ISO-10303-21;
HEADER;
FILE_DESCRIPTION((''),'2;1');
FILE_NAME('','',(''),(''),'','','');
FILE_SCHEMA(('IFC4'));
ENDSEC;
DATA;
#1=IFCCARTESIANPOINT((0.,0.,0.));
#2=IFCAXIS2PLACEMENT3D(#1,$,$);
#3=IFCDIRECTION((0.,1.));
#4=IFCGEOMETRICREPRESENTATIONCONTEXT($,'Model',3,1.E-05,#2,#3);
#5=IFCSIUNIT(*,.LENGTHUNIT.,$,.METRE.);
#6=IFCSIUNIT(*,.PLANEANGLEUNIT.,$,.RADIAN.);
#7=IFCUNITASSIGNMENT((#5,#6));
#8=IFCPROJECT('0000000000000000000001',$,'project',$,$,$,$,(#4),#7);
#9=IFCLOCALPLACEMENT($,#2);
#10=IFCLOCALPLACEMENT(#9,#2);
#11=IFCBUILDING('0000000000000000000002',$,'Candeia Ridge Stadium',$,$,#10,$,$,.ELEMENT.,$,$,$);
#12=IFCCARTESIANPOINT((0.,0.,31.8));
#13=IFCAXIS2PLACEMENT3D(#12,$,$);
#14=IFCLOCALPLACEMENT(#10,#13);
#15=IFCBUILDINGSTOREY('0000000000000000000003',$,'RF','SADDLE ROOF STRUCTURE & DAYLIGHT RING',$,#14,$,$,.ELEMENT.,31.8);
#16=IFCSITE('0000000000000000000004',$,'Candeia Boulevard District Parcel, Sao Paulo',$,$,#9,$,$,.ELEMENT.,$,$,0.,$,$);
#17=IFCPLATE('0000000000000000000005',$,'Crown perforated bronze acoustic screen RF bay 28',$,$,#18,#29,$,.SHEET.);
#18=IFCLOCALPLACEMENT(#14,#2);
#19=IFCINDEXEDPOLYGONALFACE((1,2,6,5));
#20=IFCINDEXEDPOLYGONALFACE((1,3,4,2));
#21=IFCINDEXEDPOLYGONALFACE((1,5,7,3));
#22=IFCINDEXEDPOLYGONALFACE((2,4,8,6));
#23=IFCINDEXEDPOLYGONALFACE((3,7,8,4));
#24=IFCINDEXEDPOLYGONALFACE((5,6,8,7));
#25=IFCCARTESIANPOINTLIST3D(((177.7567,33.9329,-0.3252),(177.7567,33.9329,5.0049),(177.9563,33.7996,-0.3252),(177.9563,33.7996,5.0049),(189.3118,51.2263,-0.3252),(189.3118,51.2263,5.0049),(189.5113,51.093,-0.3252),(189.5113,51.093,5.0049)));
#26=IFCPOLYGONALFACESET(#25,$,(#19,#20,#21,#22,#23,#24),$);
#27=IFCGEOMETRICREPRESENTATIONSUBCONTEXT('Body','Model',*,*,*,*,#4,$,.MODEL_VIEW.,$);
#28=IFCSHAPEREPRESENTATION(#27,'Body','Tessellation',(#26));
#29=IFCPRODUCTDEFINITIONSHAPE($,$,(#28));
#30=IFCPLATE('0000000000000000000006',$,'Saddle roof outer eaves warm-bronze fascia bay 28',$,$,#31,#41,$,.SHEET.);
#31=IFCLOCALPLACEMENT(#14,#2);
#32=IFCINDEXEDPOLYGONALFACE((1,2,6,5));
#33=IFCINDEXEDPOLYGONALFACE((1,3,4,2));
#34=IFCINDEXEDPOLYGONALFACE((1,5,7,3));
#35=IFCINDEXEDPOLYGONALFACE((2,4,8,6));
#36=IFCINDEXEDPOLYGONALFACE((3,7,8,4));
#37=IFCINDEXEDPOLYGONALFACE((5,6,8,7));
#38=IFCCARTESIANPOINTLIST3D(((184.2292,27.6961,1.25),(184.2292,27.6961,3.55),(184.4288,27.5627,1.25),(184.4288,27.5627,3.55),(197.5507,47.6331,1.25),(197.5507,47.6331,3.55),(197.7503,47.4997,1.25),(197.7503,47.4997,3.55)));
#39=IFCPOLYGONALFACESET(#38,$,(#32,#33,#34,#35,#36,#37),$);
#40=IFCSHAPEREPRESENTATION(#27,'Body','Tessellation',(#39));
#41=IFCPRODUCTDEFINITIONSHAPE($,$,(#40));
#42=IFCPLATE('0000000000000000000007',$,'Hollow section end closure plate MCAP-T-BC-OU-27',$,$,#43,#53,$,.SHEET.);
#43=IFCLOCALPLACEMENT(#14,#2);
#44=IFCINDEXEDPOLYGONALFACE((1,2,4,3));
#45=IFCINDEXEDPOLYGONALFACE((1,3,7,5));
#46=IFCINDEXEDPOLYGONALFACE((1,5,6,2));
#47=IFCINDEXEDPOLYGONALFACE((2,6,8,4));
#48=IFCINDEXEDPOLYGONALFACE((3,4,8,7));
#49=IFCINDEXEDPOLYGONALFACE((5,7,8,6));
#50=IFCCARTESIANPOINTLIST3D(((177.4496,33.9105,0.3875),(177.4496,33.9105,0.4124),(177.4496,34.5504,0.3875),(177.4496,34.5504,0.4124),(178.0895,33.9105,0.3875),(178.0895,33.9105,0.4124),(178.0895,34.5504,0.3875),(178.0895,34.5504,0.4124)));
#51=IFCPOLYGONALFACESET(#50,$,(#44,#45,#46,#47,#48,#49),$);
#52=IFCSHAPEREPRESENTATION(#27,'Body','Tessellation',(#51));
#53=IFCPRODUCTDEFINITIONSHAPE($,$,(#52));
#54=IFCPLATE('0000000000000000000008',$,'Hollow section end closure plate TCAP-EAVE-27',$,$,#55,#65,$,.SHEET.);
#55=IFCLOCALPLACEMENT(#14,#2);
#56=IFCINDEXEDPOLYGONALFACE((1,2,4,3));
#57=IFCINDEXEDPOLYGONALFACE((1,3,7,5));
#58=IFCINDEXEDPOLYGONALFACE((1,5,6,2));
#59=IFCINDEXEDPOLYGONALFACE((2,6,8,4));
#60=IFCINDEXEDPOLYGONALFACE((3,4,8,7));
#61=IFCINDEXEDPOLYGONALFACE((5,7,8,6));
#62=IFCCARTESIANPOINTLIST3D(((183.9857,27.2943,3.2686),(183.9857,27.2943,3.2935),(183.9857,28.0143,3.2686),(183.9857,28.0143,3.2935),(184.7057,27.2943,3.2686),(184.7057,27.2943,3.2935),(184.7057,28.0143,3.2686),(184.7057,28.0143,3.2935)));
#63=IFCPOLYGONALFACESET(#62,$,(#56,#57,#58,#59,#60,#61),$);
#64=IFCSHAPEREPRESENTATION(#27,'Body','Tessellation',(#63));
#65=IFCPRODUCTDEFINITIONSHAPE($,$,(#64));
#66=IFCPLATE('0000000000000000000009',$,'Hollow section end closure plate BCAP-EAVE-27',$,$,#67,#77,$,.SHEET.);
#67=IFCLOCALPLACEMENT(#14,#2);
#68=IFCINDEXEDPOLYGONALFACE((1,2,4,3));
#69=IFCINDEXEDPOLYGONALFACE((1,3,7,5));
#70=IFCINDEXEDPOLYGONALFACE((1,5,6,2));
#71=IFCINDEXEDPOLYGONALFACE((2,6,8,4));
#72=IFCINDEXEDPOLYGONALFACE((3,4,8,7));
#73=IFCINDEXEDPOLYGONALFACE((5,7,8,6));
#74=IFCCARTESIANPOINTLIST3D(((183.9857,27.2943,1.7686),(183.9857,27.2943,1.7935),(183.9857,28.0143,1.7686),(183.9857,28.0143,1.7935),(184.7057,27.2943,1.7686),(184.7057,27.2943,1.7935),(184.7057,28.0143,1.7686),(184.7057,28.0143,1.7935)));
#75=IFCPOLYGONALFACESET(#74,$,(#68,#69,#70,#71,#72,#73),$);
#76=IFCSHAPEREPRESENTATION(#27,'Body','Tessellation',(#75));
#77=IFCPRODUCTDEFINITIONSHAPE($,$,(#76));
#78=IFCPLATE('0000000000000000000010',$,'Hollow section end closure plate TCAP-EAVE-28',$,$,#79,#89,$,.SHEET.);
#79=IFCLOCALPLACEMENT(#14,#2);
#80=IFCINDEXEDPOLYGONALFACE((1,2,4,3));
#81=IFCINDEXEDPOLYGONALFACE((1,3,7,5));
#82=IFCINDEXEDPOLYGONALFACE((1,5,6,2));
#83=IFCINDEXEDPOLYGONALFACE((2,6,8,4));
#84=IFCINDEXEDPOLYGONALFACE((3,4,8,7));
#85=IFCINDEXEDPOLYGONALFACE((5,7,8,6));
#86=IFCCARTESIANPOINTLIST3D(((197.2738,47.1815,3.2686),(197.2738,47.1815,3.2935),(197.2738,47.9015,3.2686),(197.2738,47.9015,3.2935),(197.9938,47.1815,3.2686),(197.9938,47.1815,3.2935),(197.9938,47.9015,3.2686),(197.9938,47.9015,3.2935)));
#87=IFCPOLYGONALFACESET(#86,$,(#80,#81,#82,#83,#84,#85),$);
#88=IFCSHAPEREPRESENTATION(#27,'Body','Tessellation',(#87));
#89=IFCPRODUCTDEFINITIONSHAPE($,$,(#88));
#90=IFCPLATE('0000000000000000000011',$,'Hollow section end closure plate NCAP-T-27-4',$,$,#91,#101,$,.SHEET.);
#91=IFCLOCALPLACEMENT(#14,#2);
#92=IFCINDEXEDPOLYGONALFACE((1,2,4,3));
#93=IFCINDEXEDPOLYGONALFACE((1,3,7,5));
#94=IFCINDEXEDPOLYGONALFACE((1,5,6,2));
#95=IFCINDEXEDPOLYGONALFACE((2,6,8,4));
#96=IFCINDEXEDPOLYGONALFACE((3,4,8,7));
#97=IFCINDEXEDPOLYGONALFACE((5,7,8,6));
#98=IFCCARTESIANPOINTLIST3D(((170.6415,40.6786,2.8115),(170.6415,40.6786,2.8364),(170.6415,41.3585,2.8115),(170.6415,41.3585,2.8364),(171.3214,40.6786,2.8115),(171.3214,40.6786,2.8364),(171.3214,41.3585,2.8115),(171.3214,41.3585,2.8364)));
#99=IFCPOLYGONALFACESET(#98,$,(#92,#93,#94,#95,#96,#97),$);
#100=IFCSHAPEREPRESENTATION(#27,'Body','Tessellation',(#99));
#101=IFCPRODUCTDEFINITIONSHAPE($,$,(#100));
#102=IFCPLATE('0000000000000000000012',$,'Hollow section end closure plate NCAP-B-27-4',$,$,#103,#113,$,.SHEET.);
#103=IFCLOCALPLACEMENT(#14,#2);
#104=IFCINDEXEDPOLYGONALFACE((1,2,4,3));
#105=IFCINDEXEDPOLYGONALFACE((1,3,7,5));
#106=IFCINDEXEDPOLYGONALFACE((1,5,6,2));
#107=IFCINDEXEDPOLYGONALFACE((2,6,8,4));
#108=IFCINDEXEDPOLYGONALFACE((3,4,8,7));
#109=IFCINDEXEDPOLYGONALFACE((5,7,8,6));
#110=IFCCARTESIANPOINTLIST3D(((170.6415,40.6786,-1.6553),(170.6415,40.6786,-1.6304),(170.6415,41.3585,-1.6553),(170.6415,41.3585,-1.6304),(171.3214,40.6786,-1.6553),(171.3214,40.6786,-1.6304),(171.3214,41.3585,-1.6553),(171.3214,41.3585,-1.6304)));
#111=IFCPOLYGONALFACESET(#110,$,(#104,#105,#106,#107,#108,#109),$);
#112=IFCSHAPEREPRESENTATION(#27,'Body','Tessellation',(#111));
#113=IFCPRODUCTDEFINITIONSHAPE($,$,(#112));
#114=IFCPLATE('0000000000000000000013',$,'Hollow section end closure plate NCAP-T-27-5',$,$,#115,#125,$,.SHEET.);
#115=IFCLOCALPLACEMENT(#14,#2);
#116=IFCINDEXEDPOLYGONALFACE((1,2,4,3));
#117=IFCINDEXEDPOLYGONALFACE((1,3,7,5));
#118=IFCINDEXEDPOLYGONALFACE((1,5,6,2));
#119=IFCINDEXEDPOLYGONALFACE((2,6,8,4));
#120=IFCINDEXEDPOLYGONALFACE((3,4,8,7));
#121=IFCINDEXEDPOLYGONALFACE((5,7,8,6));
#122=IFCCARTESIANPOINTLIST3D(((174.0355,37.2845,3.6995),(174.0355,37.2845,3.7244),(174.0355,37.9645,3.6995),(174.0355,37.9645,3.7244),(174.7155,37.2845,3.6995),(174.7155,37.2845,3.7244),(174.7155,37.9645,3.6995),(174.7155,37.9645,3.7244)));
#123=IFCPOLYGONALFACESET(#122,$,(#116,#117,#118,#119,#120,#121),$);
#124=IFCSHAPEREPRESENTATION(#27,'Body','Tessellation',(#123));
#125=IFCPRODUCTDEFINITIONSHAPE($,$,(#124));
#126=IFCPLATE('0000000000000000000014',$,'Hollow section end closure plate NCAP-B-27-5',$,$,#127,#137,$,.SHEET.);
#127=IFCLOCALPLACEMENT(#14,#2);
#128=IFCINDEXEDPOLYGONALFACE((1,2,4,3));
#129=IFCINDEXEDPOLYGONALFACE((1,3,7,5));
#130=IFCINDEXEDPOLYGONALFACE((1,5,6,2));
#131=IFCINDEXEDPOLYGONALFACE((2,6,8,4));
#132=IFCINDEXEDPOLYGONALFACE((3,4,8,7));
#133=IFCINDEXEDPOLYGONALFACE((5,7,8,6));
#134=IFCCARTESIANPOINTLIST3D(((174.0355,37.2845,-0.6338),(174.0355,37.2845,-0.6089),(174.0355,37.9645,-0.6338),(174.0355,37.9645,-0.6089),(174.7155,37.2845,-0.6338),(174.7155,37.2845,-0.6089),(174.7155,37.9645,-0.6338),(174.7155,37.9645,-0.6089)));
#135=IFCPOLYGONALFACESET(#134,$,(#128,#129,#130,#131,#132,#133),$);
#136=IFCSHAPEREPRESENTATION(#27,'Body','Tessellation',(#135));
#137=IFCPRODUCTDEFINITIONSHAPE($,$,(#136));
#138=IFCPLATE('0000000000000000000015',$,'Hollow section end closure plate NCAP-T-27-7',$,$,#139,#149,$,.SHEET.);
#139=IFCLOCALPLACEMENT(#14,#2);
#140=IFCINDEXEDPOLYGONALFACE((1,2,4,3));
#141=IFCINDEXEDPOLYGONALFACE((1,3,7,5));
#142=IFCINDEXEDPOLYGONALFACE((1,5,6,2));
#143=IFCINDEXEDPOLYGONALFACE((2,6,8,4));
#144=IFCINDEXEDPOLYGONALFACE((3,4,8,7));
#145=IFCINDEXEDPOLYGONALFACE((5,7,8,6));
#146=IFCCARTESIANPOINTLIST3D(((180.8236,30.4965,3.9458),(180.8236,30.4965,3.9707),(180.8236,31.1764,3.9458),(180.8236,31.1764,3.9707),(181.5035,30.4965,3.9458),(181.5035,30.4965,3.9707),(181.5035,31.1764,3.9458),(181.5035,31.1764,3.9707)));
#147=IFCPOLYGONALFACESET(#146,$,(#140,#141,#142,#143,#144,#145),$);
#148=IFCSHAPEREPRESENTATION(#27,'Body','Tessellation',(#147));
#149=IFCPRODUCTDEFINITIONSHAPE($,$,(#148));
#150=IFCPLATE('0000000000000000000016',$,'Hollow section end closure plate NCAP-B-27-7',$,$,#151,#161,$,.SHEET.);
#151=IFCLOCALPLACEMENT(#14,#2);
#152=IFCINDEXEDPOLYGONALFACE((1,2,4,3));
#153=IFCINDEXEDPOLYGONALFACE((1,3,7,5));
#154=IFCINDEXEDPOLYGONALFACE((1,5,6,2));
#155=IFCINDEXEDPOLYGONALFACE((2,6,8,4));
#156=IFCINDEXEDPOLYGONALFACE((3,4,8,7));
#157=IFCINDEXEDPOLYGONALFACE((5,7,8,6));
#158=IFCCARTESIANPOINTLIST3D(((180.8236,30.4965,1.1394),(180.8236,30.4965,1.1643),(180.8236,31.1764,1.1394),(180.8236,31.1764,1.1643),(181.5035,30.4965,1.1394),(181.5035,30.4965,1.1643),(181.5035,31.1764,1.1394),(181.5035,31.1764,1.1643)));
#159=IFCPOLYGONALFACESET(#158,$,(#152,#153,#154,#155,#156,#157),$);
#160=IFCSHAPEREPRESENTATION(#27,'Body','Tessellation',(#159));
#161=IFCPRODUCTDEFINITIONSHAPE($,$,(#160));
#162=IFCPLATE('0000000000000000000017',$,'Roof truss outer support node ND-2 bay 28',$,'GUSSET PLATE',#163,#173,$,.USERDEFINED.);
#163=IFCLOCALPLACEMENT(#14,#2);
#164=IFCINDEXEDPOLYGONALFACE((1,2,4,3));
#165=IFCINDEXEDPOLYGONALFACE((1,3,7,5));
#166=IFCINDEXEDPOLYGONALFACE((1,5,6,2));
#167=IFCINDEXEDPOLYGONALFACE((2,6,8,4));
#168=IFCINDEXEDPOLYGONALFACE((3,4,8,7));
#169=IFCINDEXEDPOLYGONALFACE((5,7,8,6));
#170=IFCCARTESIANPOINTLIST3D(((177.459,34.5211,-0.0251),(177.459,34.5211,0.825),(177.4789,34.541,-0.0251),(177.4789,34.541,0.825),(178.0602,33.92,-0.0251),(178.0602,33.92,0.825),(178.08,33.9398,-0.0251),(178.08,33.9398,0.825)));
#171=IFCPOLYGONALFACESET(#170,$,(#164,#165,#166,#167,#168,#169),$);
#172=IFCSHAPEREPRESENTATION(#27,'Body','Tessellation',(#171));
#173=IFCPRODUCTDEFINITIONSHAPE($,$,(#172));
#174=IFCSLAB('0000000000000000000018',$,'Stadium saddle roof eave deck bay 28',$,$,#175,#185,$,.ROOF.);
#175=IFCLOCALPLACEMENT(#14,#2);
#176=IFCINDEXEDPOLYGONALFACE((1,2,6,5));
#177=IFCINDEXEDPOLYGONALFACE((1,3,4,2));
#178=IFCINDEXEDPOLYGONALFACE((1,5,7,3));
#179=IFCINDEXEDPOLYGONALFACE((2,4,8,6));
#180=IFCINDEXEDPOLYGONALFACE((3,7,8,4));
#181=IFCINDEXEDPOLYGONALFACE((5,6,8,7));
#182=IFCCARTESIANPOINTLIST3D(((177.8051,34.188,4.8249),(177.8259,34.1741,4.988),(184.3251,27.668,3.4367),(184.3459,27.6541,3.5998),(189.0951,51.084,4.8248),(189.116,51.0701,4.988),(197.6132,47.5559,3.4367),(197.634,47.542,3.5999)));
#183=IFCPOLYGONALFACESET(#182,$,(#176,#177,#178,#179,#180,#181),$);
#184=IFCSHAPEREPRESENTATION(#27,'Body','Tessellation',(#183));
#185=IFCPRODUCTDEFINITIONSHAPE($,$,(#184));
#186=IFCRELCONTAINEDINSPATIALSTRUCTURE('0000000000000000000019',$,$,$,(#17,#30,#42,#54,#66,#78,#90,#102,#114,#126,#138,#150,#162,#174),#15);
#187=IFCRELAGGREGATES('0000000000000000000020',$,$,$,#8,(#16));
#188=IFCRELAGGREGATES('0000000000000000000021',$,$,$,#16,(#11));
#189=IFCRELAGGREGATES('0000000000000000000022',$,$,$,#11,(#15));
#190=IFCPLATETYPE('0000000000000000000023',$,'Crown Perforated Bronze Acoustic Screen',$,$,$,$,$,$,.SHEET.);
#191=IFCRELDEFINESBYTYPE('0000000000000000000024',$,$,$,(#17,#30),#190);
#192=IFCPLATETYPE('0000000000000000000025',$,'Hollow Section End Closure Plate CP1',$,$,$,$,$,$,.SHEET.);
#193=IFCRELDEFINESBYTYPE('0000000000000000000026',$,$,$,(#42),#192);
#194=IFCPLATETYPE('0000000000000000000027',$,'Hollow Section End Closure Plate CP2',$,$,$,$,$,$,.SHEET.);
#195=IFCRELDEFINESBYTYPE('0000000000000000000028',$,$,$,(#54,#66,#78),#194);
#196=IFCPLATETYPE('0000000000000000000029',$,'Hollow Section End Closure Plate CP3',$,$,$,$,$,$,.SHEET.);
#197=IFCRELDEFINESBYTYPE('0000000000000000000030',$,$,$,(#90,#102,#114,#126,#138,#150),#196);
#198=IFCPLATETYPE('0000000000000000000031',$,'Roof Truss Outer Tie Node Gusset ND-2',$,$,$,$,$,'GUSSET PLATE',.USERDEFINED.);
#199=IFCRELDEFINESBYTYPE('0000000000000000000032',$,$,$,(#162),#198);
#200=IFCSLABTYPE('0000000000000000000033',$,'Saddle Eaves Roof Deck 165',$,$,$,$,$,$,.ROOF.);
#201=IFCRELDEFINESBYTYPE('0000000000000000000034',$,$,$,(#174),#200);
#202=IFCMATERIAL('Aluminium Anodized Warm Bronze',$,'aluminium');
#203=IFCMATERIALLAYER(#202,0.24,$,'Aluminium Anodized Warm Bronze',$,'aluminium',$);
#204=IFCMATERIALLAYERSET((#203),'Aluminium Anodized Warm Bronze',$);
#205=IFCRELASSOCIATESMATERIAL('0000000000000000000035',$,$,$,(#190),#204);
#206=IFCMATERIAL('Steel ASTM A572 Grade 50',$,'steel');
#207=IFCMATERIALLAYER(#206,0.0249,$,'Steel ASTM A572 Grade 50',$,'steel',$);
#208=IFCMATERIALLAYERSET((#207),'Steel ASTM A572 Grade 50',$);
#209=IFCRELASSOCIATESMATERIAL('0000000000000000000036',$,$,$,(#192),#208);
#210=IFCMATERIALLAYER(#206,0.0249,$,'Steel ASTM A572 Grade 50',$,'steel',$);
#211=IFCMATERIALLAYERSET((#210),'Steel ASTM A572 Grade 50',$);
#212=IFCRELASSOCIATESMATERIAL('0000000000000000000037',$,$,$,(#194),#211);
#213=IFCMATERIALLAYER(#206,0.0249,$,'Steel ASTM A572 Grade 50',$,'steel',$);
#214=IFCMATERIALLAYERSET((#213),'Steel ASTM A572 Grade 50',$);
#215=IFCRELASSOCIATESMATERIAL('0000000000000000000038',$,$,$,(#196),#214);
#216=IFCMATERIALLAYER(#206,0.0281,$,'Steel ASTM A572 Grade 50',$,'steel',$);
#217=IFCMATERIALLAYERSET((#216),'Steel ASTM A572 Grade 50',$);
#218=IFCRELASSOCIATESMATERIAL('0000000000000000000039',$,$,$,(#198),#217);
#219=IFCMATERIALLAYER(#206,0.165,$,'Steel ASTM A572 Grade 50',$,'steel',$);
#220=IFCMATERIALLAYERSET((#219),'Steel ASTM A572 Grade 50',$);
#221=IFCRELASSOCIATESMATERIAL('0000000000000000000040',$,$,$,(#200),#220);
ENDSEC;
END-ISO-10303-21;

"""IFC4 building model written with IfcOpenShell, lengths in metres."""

from ifc_helpers import new_model, si_unit, direction, frame, origin, origin_2d, place, context, subcontext, project, spatial, polyline, rectangle, outline, extrude, material, layer, layer_set, type_object, element, save


model = new_model("IFC4")

# Units and contexts
model_context = context("Model", 3, precision=1e-05, world=origin(), true_north=direction((0.0, 1.0)))
body_context = subcontext(model_context, "Body", "Model", "MODEL_VIEW")
ifc_project = project(units=[si_unit("LENGTHUNIT", "METRE"), si_unit("PLANEANGLEUNIT", "RADIAN")], contexts=[model_context])

# Site, building, storey
site_placement = place(None, origin())
site = spatial("IfcSite", under=ifc_project, at=site_placement, Name="Candeia Boulevard District Parcel, Sao Paulo", CompositionType="ELEMENT", RefElevation=0.0)
building_placement = place(site_placement, origin())
building = spatial("IfcBuilding", under=site, at=building_placement, Name="Candeia Ridge Stadium", CompositionType="ELEMENT")
storey_placement = place(building_placement, frame((0.0, 0.0, 31.8)))
storey = spatial("IfcBuildingStorey", under=building, at=storey_placement, Name="RF", Description="SADDLE ROOF STRUCTURE & DAYLIGHT RING", CompositionType="ELEMENT", Elevation=31.8)

# Shared definitions
ifc_material_1 = material(Name="Steel ASTM A572 Grade 50", Category="steel")

# Plates
ifc_material_2 = material(Name="Aluminium Anodized Warm Bronze", Category="aluminium")
ifc_layer_1 = layer(ifc_material_2, 0.24, Name="Aluminium Anodized Warm Bronze", Category="aluminium")
ifc_layer_set_1 = layer_set([ifc_layer_1], Name="Aluminium Anodized Warm Bronze")
plate_type_1 = type_object("IfcPlateType", Name="Crown Perforated Bronze Acoustic Screen", PredefinedType="SHEET", material=ifc_layer_set_1)
plate_1_placement = place(storey_placement, frame((183.634, 42.5129, -0.3252), z_axis=(0.0, 0.0, 1.0), x_axis=(0.55557, 0.83147, 0.0)))
element("IfcPlate", 1, at=plate_1_placement, inside=storey, type_object=plate_type_1, Name="Crown perforated bronze acoustic screen RF bay 28", PredefinedType="SHEET", context=body_context, shape_type="SweptSolid", body=[
    extrude(rectangle(XDim=20.7986, YDim=0.24, at=origin_2d()), origin(), (0.0, 0.0, 1.0), 5.3301),
])
plate_2_placement = place(storey_placement, frame((190.9897, 37.5979, 1.25), z_axis=(0.0, 0.0, 1.0), x_axis=(0.55557, 0.83147, 0.0)))
element("IfcPlate", 2, at=plate_2_placement, inside=storey, type_object=plate_type_1, Name="Saddle roof outer eaves warm-bronze fascia bay 28", PredefinedType="SHEET", context=body_context, shape_type="SweptSolid", body=[
    extrude(rectangle(XDim=23.978, YDim=0.24, at=origin_2d()), origin(), (0.0, 0.0, 1.0), 2.3),
])
ifc_layer_2 = layer(ifc_material_1, 0.0249, Name="Steel ASTM A572 Grade 50", Category="steel")
ifc_layer_set_2 = layer_set([ifc_layer_2], Name="Steel ASTM A572 Grade 50")
plate_type_2 = type_object("IfcPlateType", Name="Hollow Section End Closure Plate CP1", PredefinedType="SHEET", material=ifc_layer_set_2)
plate_3_placement = place(storey_placement, frame((177.7695, 34.2305, 0.3875), z_axis=(0.0, 0.0, 1.0), x_axis=(1.0, 0.0, 0.0)))
element("IfcPlate", 3, at=plate_3_placement, inside=storey, type_object=plate_type_2, Name="Hollow section end closure plate MCAP-T-BC-OU-27", PredefinedType="SHEET", context=body_context, shape_type="SweptSolid", body=[
    extrude(rectangle(XDim=0.6399, YDim=0.6399, at=origin_2d()), origin(), (0.0, 0.0, 1.0), 0.0249),
])
ifc_layer_3 = layer(ifc_material_1, 0.0249, Name="Steel ASTM A572 Grade 50", Category="steel")
ifc_layer_set_3 = layer_set([ifc_layer_3], Name="Steel ASTM A572 Grade 50")
plate_type_3 = type_object("IfcPlateType", Name="Hollow Section End Closure Plate CP2", PredefinedType="SHEET", material=ifc_layer_set_3)
for number, where, z_axis, x_axis, name in (
    (4, (184.3457, 27.6543, 3.2686), (0.0, 0.0, 1.0), (1.0, 0.0, 0.0), "Hollow section end closure plate TCAP-EAVE-27"),
    (5, (184.3457, 27.6543, 1.7686), (0.0, 0.0, 1.0), (1.0, 0.0, 0.0), "Hollow section end closure plate BCAP-EAVE-27"),
    (6, (197.6338, 47.5415, 3.2686), (0.0, 0.0, 1.0), (1.0, 0.0, 0.0), "Hollow section end closure plate TCAP-EAVE-28"),
):
    element("IfcPlate", number, at=place(storey_placement, frame(where, z_axis=z_axis, x_axis=x_axis)), inside=storey, type_object=plate_type_3, Name=name, PredefinedType="SHEET", context=body_context, shape_type="SweptSolid", body=[
        extrude(rectangle(XDim=0.72, YDim=0.72, at=origin_2d()), origin(), (0.0, 0.0, 1.0), 0.0249),
    ])
ifc_layer_4 = layer(ifc_material_1, 0.0249, Name="Steel ASTM A572 Grade 50", Category="steel")
ifc_layer_set_4 = layer_set([ifc_layer_4], Name="Steel ASTM A572 Grade 50")
plate_type_4 = type_object("IfcPlateType", Name="Hollow Section End Closure Plate CP3", PredefinedType="SHEET", material=ifc_layer_set_4)
for number, where, z_axis, x_axis, name in (
    (7, (170.9814, 41.0186, 2.8115), (0.0, 0.0, 1.0), (1.0, 0.0, 0.0), "Hollow section end closure plate NCAP-T-27-4"),
    (8, (170.9814, 41.0186, -1.6553), (0.0, 0.0, 1.0), (1.0, 0.0, 0.0), "Hollow section end closure plate NCAP-B-27-4"),
    (9, (174.3755, 37.6245, 3.6995), (0.0, 0.0, 1.0), (1.0, 0.0, 0.0), "Hollow section end closure plate NCAP-T-27-5"),
    (10, (174.3755, 37.6245, -0.6338), (0.0, 0.0, 1.0), (1.0, 0.0, 0.0), "Hollow section end closure plate NCAP-B-27-5"),
    (11, (181.1636, 30.8364, 3.9458), (0.0, 0.0, 1.0), (1.0, 0.0, 0.0), "Hollow section end closure plate NCAP-T-27-7"),
    (12, (181.1636, 30.8364, 1.1394), (0.0, 0.0, 1.0), (1.0, 0.0, 0.0), "Hollow section end closure plate NCAP-B-27-7"),
):
    element("IfcPlate", number, at=place(storey_placement, frame(where, z_axis=z_axis, x_axis=x_axis)), inside=storey, type_object=plate_type_4, Name=name, PredefinedType="SHEET", context=body_context, shape_type="SweptSolid", body=[
        extrude(rectangle(XDim=0.6799, YDim=0.6799, at=origin_2d()), origin(), (0.0, 0.0, 1.0), 0.0249),
    ])
ifc_layer_5 = layer(ifc_material_1, 0.0281, Name="Steel ASTM A572 Grade 50", Category="steel")
ifc_layer_set_5 = layer_set([ifc_layer_5], Name="Steel ASTM A572 Grade 50")
plate_type_5 = type_object("IfcPlateType", Name="Roof Truss Outer Tie Node Gusset ND-2", ElementType="GUSSET PLATE", PredefinedType="USERDEFINED", material=ifc_layer_set_5)
plate_4_placement = place(storey_placement, frame((177.7695, 34.2305, -0.0251), z_axis=(0.0, 0.0, 1.0), x_axis=(0.707107, -0.707107, 0.0)))
element("IfcPlate", 13, at=plate_4_placement, inside=storey, type_object=plate_type_5, Name="Roof truss outer support node ND-2 bay 28", ObjectType="GUSSET PLATE", PredefinedType="USERDEFINED", context=body_context, shape_type="SweptSolid", body=[
    extrude(rectangle(XDim=0.8501, YDim=0.0281, at=origin_2d()), origin(), (0.0, 0.0, 1.0), 0.8501),
])

# Slab
ifc_layer_6 = layer(ifc_material_1, 0.165, Name="Steel ASTM A572 Grade 50", Category="steel")
ifc_layer_set_6 = layer_set([ifc_layer_6], Name="Steel ASTM A572 Grade 50")
slab_type = type_object("IfcSlabType", Name="Saddle Eaves Roof Deck 165", PredefinedType="ROOF", material=ifc_layer_set_6)
slab_placement = place(storey_placement, frame((177.8259, 34.1741, 4.988), z_axis=(0.12616, -0.084297, 0.988422), x_axis=(0.555587, 0.831459, -0.000003)))
element("IfcSlab", 14, at=slab_placement, inside=storey, type_object=slab_type, Name="Stadium saddle roof eave deck bay 28", PredefinedType="ROOF", context=body_context, shape_type="SweptSolid", body=[
    extrude(outline(polyline([(0.0, 0.0), (20.3209, 0.0), (22.12, -9.1485), (-1.7987, -9.1495), (0.0, 0.0)])), origin(), (0.0, 0.0, -1.0), 0.165),
])

save(model, "model.ifc")
